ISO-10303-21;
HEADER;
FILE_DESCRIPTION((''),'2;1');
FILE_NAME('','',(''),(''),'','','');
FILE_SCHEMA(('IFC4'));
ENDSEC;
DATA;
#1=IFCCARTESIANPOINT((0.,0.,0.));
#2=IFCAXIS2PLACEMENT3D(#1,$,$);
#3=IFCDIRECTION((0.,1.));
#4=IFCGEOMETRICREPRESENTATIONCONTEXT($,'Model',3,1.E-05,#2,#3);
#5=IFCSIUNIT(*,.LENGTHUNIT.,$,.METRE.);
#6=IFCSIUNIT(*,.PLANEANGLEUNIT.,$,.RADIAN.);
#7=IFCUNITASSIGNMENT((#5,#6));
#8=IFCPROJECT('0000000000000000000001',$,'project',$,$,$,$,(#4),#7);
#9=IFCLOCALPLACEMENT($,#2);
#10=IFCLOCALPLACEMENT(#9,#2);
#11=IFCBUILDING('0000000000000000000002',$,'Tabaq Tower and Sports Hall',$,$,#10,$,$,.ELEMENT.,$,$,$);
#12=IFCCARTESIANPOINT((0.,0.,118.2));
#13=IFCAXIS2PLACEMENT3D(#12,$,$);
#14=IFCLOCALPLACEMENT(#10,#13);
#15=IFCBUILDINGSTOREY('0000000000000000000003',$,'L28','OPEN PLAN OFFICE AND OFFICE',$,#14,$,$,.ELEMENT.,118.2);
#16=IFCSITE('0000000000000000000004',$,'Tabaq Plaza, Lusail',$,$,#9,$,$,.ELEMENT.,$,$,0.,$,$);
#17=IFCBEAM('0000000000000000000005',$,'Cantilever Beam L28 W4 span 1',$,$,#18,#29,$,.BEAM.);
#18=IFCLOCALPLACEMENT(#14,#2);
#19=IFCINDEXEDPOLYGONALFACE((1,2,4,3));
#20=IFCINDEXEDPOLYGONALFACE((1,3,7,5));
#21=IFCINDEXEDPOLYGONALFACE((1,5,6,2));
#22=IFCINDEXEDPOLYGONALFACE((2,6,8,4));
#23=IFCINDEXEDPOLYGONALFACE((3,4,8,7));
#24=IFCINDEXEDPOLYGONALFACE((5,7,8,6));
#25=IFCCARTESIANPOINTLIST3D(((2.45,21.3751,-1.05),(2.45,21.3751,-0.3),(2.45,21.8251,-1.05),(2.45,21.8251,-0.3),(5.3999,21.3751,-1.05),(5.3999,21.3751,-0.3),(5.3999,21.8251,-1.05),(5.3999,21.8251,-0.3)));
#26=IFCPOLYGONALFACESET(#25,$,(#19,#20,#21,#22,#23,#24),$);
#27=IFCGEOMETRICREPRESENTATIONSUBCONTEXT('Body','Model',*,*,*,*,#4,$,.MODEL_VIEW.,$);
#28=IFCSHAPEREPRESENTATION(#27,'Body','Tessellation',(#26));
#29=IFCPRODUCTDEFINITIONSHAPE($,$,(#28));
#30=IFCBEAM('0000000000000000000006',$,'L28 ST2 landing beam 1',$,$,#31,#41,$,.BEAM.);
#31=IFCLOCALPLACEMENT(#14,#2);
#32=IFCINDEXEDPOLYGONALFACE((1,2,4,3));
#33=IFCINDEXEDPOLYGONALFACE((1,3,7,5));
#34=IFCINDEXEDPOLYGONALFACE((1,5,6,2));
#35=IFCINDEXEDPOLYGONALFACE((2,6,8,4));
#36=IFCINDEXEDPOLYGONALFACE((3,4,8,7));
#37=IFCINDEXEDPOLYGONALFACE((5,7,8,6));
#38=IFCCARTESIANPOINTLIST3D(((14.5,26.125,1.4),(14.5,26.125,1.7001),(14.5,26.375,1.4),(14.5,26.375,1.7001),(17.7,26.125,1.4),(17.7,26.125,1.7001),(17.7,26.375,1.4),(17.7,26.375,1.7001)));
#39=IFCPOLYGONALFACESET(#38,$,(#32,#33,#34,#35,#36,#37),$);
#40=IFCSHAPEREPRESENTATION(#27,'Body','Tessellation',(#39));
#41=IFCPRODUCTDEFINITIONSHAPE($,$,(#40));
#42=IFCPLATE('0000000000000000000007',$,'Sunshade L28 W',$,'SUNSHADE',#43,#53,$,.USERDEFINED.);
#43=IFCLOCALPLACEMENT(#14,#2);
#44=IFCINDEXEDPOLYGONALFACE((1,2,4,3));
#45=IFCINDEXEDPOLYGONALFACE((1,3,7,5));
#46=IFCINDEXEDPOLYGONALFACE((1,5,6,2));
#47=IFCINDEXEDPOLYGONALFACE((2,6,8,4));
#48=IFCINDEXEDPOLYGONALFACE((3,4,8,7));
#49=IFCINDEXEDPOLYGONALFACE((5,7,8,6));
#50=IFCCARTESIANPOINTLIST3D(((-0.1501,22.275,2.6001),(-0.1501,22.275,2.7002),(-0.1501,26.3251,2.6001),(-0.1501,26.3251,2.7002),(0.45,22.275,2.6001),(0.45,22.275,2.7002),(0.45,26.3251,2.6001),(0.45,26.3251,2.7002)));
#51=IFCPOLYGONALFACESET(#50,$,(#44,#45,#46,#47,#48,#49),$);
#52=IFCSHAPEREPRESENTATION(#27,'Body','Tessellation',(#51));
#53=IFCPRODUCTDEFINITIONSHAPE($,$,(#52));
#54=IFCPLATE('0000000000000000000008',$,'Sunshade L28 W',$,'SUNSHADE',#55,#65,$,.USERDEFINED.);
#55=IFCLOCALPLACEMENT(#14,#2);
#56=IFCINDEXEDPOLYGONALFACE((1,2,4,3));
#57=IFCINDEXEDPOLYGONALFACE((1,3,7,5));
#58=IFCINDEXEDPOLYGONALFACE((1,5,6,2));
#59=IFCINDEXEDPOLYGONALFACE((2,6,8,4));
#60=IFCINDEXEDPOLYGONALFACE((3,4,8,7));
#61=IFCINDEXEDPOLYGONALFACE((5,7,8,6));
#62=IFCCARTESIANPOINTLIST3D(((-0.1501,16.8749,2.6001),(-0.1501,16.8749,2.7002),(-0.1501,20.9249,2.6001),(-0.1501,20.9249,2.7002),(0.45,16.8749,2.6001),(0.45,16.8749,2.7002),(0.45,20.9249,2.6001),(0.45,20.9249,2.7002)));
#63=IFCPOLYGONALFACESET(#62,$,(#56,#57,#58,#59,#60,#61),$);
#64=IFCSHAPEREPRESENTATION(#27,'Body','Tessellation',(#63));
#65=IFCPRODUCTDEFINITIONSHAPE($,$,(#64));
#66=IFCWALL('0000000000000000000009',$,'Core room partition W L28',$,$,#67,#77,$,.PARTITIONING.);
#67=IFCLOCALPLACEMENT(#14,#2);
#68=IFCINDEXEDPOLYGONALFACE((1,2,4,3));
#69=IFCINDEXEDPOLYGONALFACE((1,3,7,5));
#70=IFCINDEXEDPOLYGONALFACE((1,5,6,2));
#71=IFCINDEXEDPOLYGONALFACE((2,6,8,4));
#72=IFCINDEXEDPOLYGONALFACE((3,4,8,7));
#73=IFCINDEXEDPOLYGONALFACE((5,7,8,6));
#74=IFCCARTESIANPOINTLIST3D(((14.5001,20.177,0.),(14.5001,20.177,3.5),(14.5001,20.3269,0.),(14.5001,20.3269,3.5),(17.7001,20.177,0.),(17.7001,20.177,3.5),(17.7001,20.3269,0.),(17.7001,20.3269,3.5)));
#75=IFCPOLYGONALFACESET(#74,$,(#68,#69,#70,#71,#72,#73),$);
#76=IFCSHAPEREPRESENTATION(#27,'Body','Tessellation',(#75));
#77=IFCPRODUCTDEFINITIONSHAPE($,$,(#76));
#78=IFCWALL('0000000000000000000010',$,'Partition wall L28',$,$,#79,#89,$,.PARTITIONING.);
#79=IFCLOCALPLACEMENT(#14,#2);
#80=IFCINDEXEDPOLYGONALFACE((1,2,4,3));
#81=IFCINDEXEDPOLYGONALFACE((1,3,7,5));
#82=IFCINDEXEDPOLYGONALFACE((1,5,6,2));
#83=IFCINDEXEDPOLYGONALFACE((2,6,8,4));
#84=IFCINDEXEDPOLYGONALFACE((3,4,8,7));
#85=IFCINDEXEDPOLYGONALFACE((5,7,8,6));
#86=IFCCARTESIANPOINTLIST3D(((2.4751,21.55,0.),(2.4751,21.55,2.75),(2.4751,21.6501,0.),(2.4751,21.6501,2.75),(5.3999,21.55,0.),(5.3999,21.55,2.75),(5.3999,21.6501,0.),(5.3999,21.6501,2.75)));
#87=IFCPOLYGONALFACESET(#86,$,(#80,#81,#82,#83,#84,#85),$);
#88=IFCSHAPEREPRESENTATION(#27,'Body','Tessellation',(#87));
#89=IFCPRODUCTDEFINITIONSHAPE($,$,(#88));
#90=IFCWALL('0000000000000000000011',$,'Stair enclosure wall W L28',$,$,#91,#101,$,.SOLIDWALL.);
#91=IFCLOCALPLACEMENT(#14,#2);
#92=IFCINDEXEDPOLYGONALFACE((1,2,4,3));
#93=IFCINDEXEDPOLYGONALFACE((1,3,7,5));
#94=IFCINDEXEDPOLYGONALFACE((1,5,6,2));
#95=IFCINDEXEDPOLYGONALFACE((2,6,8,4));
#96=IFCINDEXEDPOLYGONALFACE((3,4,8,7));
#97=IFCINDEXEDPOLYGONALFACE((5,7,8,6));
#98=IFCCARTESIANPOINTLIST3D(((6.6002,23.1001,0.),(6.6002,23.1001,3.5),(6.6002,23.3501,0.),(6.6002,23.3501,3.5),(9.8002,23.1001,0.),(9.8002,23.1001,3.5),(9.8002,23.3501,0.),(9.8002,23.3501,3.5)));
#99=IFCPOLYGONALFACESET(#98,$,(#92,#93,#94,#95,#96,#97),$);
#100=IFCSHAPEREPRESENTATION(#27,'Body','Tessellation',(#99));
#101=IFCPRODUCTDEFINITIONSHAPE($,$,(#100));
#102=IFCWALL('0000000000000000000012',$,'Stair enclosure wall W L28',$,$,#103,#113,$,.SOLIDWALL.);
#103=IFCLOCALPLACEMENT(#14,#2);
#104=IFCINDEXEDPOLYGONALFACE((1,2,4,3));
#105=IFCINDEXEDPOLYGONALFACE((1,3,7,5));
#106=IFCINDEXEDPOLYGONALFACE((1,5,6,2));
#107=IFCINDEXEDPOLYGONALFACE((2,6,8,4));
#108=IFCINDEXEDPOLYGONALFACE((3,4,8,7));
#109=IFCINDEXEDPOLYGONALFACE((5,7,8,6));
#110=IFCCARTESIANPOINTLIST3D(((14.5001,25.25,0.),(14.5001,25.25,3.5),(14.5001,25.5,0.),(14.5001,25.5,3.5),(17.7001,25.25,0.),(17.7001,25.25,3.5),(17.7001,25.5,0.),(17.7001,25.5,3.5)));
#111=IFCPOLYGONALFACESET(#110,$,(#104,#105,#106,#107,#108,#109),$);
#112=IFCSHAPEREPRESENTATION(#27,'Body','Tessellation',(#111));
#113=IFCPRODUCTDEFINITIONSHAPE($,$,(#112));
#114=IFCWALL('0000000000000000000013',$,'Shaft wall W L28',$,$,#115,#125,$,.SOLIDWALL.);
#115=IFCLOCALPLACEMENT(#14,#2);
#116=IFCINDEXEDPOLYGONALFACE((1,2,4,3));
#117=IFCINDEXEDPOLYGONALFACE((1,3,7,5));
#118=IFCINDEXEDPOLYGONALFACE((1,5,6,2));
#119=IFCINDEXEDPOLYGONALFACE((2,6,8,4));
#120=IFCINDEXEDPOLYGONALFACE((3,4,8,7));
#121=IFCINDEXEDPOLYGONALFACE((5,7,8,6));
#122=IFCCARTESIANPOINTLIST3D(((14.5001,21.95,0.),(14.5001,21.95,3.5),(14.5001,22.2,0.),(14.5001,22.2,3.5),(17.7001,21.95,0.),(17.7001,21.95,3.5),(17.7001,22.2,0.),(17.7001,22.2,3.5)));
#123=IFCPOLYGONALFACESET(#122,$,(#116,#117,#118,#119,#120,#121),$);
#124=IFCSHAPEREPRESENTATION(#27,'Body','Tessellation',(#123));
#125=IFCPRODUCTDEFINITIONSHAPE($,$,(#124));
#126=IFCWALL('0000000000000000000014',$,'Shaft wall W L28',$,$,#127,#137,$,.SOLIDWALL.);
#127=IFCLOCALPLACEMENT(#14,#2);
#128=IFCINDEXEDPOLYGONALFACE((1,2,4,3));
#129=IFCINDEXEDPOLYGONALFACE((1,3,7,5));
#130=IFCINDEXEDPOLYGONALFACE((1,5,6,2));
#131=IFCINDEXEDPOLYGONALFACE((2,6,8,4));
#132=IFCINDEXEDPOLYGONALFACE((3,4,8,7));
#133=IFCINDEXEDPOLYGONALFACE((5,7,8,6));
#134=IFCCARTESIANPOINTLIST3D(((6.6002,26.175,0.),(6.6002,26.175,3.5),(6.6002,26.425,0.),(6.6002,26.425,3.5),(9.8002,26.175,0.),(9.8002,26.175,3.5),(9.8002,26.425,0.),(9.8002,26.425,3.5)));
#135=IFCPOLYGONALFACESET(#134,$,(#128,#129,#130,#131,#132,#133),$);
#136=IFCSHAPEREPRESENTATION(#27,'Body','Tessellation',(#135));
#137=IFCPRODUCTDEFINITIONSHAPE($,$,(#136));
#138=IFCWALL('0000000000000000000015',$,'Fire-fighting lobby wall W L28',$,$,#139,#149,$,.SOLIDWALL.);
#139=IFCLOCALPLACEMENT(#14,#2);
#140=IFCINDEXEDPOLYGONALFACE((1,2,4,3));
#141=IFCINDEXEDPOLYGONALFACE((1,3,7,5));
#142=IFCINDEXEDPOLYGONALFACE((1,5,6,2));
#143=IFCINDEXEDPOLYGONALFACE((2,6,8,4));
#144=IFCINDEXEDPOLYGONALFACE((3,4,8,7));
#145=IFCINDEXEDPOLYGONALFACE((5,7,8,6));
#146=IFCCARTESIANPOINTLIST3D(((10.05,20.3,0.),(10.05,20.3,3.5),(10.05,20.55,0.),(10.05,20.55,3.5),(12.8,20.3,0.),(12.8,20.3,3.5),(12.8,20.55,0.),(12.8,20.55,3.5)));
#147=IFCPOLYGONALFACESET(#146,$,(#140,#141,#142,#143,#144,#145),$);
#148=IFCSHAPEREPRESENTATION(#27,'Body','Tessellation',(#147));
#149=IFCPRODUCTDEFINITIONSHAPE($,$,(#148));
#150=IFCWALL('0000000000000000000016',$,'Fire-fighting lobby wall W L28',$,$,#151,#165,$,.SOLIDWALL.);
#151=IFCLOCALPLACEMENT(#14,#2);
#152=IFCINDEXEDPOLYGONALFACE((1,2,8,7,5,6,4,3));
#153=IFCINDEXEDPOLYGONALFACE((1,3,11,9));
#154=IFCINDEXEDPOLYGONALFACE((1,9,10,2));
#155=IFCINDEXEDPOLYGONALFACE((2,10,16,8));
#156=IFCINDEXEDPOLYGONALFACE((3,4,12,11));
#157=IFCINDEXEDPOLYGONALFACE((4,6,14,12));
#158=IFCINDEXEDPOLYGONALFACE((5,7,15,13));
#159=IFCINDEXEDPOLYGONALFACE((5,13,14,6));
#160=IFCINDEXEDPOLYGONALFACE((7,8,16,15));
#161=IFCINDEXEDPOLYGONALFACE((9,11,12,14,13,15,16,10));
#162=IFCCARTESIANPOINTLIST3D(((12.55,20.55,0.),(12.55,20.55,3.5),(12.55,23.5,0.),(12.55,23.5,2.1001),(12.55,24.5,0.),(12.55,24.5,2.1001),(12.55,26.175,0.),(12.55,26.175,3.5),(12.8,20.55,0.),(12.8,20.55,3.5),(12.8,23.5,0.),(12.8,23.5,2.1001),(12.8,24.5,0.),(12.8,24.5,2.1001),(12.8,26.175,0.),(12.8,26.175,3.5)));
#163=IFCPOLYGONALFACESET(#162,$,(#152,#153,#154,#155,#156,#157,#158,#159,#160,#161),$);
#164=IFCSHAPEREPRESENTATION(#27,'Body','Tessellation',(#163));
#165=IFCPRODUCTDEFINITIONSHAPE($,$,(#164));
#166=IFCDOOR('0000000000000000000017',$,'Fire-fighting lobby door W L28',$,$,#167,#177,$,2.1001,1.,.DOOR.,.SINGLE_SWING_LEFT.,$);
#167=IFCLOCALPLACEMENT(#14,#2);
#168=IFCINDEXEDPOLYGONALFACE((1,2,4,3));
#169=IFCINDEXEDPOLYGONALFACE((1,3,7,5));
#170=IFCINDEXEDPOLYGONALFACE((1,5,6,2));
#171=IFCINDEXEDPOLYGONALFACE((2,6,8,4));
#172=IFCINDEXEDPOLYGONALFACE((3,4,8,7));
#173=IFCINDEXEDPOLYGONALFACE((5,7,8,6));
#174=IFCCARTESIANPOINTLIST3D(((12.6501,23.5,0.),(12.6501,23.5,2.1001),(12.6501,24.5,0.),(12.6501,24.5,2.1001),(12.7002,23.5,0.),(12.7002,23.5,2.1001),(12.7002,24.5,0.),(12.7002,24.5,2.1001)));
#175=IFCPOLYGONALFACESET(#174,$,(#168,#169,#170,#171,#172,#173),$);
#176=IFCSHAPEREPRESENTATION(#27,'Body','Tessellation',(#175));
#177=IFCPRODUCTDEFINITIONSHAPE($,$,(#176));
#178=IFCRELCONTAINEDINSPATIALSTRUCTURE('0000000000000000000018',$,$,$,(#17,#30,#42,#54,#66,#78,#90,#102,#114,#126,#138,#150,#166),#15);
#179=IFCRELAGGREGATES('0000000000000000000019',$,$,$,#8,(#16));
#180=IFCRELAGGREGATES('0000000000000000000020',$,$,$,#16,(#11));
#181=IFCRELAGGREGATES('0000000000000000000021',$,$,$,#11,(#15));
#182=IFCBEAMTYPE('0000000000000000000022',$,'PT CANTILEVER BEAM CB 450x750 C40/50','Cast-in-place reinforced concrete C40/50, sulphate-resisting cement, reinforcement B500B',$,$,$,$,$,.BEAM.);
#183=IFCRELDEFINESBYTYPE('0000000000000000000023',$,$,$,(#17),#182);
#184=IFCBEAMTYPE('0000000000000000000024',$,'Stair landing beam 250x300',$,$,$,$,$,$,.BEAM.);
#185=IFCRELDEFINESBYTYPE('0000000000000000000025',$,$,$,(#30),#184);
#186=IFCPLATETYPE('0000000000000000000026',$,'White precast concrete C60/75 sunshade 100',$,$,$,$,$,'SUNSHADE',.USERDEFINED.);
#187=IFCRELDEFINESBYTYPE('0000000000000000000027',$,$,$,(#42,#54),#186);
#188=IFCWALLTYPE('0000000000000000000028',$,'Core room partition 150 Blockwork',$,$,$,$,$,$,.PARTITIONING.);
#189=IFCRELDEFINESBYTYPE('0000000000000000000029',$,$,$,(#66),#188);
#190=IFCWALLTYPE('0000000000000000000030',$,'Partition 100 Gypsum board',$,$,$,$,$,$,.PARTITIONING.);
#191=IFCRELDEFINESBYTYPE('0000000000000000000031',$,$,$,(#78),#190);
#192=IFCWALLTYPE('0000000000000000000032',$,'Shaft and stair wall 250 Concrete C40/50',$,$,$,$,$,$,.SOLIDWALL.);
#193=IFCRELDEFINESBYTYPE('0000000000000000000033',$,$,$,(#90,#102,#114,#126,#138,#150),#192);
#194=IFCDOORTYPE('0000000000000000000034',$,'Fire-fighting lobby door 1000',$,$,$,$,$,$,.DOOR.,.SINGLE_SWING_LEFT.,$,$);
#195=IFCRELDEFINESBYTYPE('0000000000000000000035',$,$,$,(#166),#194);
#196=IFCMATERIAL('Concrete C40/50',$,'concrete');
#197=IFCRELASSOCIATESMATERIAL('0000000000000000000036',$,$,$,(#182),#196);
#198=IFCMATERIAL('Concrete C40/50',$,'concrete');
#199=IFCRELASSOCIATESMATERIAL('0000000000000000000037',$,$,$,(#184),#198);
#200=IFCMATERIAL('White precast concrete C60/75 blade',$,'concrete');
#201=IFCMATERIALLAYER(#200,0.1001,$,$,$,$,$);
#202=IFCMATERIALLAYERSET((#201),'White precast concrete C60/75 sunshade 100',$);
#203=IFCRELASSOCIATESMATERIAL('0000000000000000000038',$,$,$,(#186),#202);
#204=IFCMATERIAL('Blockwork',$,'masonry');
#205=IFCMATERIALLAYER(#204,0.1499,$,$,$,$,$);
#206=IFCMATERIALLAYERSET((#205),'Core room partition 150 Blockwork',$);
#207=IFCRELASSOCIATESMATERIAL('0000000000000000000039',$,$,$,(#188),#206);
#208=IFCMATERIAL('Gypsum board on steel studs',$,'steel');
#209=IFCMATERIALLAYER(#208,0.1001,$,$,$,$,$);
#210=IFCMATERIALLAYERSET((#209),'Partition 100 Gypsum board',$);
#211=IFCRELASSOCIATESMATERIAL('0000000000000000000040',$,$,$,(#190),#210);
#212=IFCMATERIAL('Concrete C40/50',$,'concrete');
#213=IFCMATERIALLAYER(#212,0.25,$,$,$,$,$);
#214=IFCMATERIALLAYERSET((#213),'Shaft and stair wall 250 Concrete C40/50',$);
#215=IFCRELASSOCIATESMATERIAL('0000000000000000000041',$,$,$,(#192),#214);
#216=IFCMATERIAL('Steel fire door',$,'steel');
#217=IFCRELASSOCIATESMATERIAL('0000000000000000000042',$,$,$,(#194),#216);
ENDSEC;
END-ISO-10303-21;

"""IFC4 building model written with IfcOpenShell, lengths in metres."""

from ifc_helpers import new_model, si_unit, direction, frame, frame_2d, origin, origin_2d, place, context, subcontext, project, spatial, rectangle, extrude, material, layer, layer_set, material_profile, profile_set, type_object, element, fill, save


model = new_model("IFC4")

# Units and contexts
model_context = context("Model", 3, precision=1e-05, world=origin(), true_north=direction((0.0, 1.0)))
body_context = subcontext(model_context, "Body", "Model", "MODEL_VIEW")
ifc_project = project(units=[si_unit("LENGTHUNIT", "METRE"), si_unit("PLANEANGLEUNIT", "RADIAN")], contexts=[model_context])

# Site, building, storey
site_placement = place(None, origin())
site = spatial("IfcSite", under=ifc_project, at=site_placement, Name="Tabaq Plaza, Lusail", CompositionType="ELEMENT", RefElevation=0.0)
building_placement = place(site_placement, origin())
building = spatial("IfcBuilding", under=site, at=building_placement, Name="Tabaq Tower and Sports Hall", CompositionType="ELEMENT")
storey_placement = place(building_placement, frame((0.0, 0.0, 118.2)))
storey = spatial("IfcBuildingStorey", under=building, at=storey_placement, Name="L28", Description="OPEN PLAN OFFICE AND OFFICE", CompositionType="ELEMENT", Elevation=118.2)

# Beams
ifc_material_1 = material(Name="Concrete C40/50", Category="concrete")
ifc_material_profile_1 = material_profile(ifc_material_1, rectangle(XDim=0.45, YDim=0.75, at=origin_2d()), Name="CB 450x750")
ifc_profile_set_1 = profile_set([ifc_material_profile_1], Name="Concrete C40/50")
beam_type_1 = type_object("IfcBeamType", Name="PT CANTILEVER BEAM CB 450x750 C40/50", Description="Cast-in-place reinforced concrete C40/50, sulphate-resisting cement, reinforcement B500B", PredefinedType="BEAM", material=ifc_profile_set_1)
beam_1_placement = place(storey_placement, frame((2.45, 21.6001, -0.675), z_axis=(1.0, 0.0, 0.0), x_axis=(0.0, 1.0, 0.0)))
element("IfcBeam", 1, at=beam_1_placement, inside=storey, type_object=beam_type_1, Name="Cantilever Beam L28 W4 span 1", PredefinedType="BEAM", context=body_context, shape_type="SweptSolid", body=[
    extrude(rectangle(XDim=0.45, YDim=0.75, at=origin_2d()), origin(), (0.0, 0.0, 1.0), 2.95),
])
ifc_material_2 = material(Name="Concrete C40/50", Category="concrete")
ifc_material_profile_2 = material_profile(ifc_material_2, rectangle(XDim=0.25, YDim=0.3, at=origin_2d()), Name="RC 250x300")
ifc_profile_set_2 = profile_set([ifc_material_profile_2], Name="Concrete C40/50")
beam_type_2 = type_object("IfcBeamType", Name="Stair landing beam 250x300", PredefinedType="BEAM", material=ifc_profile_set_2)
beam_2_placement = place(storey_placement, frame((14.5, 26.25, 1.55), z_axis=(1.0, 0.0, 0.0), x_axis=(0.0, 1.0, 0.0)))
element("IfcBeam", 2, at=beam_2_placement, inside=storey, type_object=beam_type_2, Name="L28 ST2 landing beam 1", PredefinedType="BEAM", context=body_context, shape_type="SweptSolid", body=[
    extrude(rectangle(XDim=0.25, YDim=0.3, at=origin_2d()), origin(), (0.0, 0.0, 1.0), 3.2),
])

# Plates
ifc_material_3 = material(Name="White precast concrete C60/75 blade", Category="concrete")
ifc_layer_1 = layer(ifc_material_3, 0.1001)
ifc_layer_set_1 = layer_set([ifc_layer_1], Name="White precast concrete C60/75 sunshade 100")
plate_type = type_object("IfcPlateType", Name="White precast concrete C60/75 sunshade 100", ElementType="SUNSHADE", PredefinedType="USERDEFINED", material=ifc_layer_set_1)
for number, where, z_axis, x_axis, name in (
    (3, (0.1499, 24.3, 2.6001), (0.0, 0.0, 1.0), (0.0, -1.0, 0.0), "Sunshade L28 W"),
    (4, (0.1499, 18.8999, 2.6001), (0.0, 0.0, 1.0), (0.0, -1.0, 0.0), "Sunshade L28 W"),
):
    element("IfcPlate", number, at=place(storey_placement, frame(where, z_axis=z_axis, x_axis=x_axis)), inside=storey, type_object=plate_type, Name=name, ObjectType="SUNSHADE", PredefinedType="USERDEFINED", context=body_context, shape_type="SweptSolid", body=[
        extrude(rectangle(XDim=4.05, YDim=0.6001, at=origin_2d()), origin(), (0.0, 0.0, 1.0), 0.1001),
    ])

# Walls
ifc_material_4 = material(Name="Blockwork", Category="masonry")
ifc_layer_2 = layer(ifc_material_4, 0.1499)
ifc_layer_set_2 = layer_set([ifc_layer_2], Name="Core room partition 150 Blockwork")
wall_type_1 = type_object("IfcWallType", Name="Core room partition 150 Blockwork", PredefinedType="PARTITIONING", material=ifc_layer_set_2)
wall_1_placement = place(storey_placement, frame((14.5, 20.252, 0.0), z_axis=(0.0, 0.0, 1.0), x_axis=(1.0, 0.0, 0.0)))
element("IfcWall", 5, at=wall_1_placement, inside=storey, type_object=wall_type_1, Name="Core room partition W L28", PredefinedType="PARTITIONING", context=body_context, shape_type="SweptSolid", body=[
    extrude(rectangle(XDim=3.2, YDim=0.1499, at=frame_2d((1.6001, 0.0))), origin(), (0.0, 0.0, 1.0), 3.5),
])
ifc_material_5 = material(Name="Gypsum board on steel studs", Category="steel")
ifc_layer_3 = layer(ifc_material_5, 0.1001)
ifc_layer_set_3 = layer_set([ifc_layer_3], Name="Partition 100 Gypsum board")
wall_type_2 = type_object("IfcWallType", Name="Partition 100 Gypsum board", PredefinedType="PARTITIONING", material=ifc_layer_set_3)
wall_2_placement = place(storey_placement, frame((5.3999, 21.6001, 0.0), z_axis=(0.0, 0.0, 1.0), x_axis=(-1.0, 0.0, 0.0)))
element("IfcWall", 6, at=wall_2_placement, inside=storey, type_object=wall_type_2, Name="Partition wall L28", PredefinedType="PARTITIONING", context=body_context, shape_type="SweptSolid", body=[
    extrude(rectangle(XDim=2.9248, YDim=0.1001, at=frame_2d((1.4624, 0.0))), origin(), (0.0, 0.0, 1.0), 2.75),
])
ifc_material_6 = material(Name="Concrete C40/50", Category="concrete")
ifc_layer_4 = layer(ifc_material_6, 0.25)
ifc_layer_set_4 = layer_set([ifc_layer_4], Name="Shaft and stair wall 250 Concrete C40/50")
wall_type_3 = type_object("IfcWallType", Name="Shaft and stair wall 250 Concrete C40/50", PredefinedType="SOLIDWALL", material=ifc_layer_set_4)
for number, where, z_axis, x_axis, name in (
    (7, (6.6001, 23.2251, 0.0), (0.0, 0.0, 1.0), (1.0, 0.0, 0.0), "Stair enclosure wall W L28"),
    (8, (14.5, 25.375, 0.0), (0.0, 0.0, 1.0), (1.0, 0.0, 0.0), "Stair enclosure wall W L28"),
    (9, (14.5, 22.075, 0.0), (0.0, 0.0, 1.0), (1.0, 0.0, 0.0), "Shaft wall W L28"),
    (10, (6.6001, 26.3, 0.0), (0.0, 0.0, 1.0), (1.0, 0.0, 0.0), "Shaft wall W L28"),
):
    element("IfcWall", number, at=place(storey_placement, frame(where, z_axis=z_axis, x_axis=x_axis)), inside=storey, type_object=wall_type_3, Name=name, PredefinedType="SOLIDWALL", context=body_context, shape_type="SweptSolid", body=[
        extrude(rectangle(XDim=3.2, YDim=0.25, at=frame_2d((1.6001, 0.0))), origin(), (0.0, 0.0, 1.0), 3.5),
    ])
wall_3_placement = place(storey_placement, frame((10.05, 20.425, 0.0), z_axis=(0.0, 0.0, 1.0), x_axis=(1.0, 0.0, 0.0)))
element("IfcWall", 11, at=wall_3_placement, inside=storey, type_object=wall_type_3, Name="Fire-fighting lobby wall W L28", PredefinedType="SOLIDWALL", context=body_context, shape_type="SweptSolid", body=[
    extrude(rectangle(XDim=2.75, YDim=0.25, at=frame_2d((1.375, 0.0))), origin(), (0.0, 0.0, 1.0), 3.5),
])

# Wall, opening, door
wall_4_placement = place(storey_placement, frame((12.675, 20.55, 0.0), z_axis=(0.0, 0.0, 1.0), x_axis=(0.0, 1.0, 0.0)))
wall_4 = element("IfcWall", 12, at=wall_4_placement, inside=storey, type_object=wall_type_3, Name="Fire-fighting lobby wall W L28", PredefinedType="SOLIDWALL", context=body_context, shape_type="SweptSolid", body=[
    extrude(rectangle(XDim=5.625, YDim=0.25, at=frame_2d((2.8125, 0.0))), origin(), (0.0, 0.0, 1.0), 3.5),
])
opening_placement = place(wall_4_placement, frame((2.95, 0.0, 0.0)))
opening = element("IfcOpeningElement", 13, at=opening_placement, cuts=wall_4, PredefinedType="OPENING", context=body_context, shape_type="SweptSolid", body=[
    extrude(rectangle(XDim=1.0, YDim=2.1001, at=frame_2d((0.5, 1.05))), frame((0.0, 0.125, 0.0), z_axis=(0.0, -1.0, 0.0), x_axis=(1.0, 0.0, 0.0)), (0.0, 0.0, 1.0), 0.25),
])
ifc_material_7 = material(Name="Steel fire door", Category="steel")
door_type = type_object("IfcDoorType", Name="Fire-fighting lobby door 1000", OperationType="SINGLE_SWING_LEFT", PredefinedType="DOOR", material=ifc_material_7)
door_placement = place(opening_placement, origin())
door = element("IfcDoor", 14, at=door_placement, inside=storey, type_object=door_type, Name="Fire-fighting lobby door W L28", OperationType="SINGLE_SWING_LEFT", OverallHeight=2.1001, OverallWidth=1.0, PredefinedType="DOOR", context=body_context, shape_type="SweptSolid", body=[
    extrude(rectangle(XDim=1.0, YDim=2.1001, at=frame_2d((0.5, 1.05))), frame((0.0, 0.0249, 0.0), z_axis=(0.0, -1.0, 0.0), x_axis=(1.0, 0.0, 0.0)), (0.0, 0.0, 1.0), 0.05),
])
fill(opening, door)

save(model, "model.ifc")
